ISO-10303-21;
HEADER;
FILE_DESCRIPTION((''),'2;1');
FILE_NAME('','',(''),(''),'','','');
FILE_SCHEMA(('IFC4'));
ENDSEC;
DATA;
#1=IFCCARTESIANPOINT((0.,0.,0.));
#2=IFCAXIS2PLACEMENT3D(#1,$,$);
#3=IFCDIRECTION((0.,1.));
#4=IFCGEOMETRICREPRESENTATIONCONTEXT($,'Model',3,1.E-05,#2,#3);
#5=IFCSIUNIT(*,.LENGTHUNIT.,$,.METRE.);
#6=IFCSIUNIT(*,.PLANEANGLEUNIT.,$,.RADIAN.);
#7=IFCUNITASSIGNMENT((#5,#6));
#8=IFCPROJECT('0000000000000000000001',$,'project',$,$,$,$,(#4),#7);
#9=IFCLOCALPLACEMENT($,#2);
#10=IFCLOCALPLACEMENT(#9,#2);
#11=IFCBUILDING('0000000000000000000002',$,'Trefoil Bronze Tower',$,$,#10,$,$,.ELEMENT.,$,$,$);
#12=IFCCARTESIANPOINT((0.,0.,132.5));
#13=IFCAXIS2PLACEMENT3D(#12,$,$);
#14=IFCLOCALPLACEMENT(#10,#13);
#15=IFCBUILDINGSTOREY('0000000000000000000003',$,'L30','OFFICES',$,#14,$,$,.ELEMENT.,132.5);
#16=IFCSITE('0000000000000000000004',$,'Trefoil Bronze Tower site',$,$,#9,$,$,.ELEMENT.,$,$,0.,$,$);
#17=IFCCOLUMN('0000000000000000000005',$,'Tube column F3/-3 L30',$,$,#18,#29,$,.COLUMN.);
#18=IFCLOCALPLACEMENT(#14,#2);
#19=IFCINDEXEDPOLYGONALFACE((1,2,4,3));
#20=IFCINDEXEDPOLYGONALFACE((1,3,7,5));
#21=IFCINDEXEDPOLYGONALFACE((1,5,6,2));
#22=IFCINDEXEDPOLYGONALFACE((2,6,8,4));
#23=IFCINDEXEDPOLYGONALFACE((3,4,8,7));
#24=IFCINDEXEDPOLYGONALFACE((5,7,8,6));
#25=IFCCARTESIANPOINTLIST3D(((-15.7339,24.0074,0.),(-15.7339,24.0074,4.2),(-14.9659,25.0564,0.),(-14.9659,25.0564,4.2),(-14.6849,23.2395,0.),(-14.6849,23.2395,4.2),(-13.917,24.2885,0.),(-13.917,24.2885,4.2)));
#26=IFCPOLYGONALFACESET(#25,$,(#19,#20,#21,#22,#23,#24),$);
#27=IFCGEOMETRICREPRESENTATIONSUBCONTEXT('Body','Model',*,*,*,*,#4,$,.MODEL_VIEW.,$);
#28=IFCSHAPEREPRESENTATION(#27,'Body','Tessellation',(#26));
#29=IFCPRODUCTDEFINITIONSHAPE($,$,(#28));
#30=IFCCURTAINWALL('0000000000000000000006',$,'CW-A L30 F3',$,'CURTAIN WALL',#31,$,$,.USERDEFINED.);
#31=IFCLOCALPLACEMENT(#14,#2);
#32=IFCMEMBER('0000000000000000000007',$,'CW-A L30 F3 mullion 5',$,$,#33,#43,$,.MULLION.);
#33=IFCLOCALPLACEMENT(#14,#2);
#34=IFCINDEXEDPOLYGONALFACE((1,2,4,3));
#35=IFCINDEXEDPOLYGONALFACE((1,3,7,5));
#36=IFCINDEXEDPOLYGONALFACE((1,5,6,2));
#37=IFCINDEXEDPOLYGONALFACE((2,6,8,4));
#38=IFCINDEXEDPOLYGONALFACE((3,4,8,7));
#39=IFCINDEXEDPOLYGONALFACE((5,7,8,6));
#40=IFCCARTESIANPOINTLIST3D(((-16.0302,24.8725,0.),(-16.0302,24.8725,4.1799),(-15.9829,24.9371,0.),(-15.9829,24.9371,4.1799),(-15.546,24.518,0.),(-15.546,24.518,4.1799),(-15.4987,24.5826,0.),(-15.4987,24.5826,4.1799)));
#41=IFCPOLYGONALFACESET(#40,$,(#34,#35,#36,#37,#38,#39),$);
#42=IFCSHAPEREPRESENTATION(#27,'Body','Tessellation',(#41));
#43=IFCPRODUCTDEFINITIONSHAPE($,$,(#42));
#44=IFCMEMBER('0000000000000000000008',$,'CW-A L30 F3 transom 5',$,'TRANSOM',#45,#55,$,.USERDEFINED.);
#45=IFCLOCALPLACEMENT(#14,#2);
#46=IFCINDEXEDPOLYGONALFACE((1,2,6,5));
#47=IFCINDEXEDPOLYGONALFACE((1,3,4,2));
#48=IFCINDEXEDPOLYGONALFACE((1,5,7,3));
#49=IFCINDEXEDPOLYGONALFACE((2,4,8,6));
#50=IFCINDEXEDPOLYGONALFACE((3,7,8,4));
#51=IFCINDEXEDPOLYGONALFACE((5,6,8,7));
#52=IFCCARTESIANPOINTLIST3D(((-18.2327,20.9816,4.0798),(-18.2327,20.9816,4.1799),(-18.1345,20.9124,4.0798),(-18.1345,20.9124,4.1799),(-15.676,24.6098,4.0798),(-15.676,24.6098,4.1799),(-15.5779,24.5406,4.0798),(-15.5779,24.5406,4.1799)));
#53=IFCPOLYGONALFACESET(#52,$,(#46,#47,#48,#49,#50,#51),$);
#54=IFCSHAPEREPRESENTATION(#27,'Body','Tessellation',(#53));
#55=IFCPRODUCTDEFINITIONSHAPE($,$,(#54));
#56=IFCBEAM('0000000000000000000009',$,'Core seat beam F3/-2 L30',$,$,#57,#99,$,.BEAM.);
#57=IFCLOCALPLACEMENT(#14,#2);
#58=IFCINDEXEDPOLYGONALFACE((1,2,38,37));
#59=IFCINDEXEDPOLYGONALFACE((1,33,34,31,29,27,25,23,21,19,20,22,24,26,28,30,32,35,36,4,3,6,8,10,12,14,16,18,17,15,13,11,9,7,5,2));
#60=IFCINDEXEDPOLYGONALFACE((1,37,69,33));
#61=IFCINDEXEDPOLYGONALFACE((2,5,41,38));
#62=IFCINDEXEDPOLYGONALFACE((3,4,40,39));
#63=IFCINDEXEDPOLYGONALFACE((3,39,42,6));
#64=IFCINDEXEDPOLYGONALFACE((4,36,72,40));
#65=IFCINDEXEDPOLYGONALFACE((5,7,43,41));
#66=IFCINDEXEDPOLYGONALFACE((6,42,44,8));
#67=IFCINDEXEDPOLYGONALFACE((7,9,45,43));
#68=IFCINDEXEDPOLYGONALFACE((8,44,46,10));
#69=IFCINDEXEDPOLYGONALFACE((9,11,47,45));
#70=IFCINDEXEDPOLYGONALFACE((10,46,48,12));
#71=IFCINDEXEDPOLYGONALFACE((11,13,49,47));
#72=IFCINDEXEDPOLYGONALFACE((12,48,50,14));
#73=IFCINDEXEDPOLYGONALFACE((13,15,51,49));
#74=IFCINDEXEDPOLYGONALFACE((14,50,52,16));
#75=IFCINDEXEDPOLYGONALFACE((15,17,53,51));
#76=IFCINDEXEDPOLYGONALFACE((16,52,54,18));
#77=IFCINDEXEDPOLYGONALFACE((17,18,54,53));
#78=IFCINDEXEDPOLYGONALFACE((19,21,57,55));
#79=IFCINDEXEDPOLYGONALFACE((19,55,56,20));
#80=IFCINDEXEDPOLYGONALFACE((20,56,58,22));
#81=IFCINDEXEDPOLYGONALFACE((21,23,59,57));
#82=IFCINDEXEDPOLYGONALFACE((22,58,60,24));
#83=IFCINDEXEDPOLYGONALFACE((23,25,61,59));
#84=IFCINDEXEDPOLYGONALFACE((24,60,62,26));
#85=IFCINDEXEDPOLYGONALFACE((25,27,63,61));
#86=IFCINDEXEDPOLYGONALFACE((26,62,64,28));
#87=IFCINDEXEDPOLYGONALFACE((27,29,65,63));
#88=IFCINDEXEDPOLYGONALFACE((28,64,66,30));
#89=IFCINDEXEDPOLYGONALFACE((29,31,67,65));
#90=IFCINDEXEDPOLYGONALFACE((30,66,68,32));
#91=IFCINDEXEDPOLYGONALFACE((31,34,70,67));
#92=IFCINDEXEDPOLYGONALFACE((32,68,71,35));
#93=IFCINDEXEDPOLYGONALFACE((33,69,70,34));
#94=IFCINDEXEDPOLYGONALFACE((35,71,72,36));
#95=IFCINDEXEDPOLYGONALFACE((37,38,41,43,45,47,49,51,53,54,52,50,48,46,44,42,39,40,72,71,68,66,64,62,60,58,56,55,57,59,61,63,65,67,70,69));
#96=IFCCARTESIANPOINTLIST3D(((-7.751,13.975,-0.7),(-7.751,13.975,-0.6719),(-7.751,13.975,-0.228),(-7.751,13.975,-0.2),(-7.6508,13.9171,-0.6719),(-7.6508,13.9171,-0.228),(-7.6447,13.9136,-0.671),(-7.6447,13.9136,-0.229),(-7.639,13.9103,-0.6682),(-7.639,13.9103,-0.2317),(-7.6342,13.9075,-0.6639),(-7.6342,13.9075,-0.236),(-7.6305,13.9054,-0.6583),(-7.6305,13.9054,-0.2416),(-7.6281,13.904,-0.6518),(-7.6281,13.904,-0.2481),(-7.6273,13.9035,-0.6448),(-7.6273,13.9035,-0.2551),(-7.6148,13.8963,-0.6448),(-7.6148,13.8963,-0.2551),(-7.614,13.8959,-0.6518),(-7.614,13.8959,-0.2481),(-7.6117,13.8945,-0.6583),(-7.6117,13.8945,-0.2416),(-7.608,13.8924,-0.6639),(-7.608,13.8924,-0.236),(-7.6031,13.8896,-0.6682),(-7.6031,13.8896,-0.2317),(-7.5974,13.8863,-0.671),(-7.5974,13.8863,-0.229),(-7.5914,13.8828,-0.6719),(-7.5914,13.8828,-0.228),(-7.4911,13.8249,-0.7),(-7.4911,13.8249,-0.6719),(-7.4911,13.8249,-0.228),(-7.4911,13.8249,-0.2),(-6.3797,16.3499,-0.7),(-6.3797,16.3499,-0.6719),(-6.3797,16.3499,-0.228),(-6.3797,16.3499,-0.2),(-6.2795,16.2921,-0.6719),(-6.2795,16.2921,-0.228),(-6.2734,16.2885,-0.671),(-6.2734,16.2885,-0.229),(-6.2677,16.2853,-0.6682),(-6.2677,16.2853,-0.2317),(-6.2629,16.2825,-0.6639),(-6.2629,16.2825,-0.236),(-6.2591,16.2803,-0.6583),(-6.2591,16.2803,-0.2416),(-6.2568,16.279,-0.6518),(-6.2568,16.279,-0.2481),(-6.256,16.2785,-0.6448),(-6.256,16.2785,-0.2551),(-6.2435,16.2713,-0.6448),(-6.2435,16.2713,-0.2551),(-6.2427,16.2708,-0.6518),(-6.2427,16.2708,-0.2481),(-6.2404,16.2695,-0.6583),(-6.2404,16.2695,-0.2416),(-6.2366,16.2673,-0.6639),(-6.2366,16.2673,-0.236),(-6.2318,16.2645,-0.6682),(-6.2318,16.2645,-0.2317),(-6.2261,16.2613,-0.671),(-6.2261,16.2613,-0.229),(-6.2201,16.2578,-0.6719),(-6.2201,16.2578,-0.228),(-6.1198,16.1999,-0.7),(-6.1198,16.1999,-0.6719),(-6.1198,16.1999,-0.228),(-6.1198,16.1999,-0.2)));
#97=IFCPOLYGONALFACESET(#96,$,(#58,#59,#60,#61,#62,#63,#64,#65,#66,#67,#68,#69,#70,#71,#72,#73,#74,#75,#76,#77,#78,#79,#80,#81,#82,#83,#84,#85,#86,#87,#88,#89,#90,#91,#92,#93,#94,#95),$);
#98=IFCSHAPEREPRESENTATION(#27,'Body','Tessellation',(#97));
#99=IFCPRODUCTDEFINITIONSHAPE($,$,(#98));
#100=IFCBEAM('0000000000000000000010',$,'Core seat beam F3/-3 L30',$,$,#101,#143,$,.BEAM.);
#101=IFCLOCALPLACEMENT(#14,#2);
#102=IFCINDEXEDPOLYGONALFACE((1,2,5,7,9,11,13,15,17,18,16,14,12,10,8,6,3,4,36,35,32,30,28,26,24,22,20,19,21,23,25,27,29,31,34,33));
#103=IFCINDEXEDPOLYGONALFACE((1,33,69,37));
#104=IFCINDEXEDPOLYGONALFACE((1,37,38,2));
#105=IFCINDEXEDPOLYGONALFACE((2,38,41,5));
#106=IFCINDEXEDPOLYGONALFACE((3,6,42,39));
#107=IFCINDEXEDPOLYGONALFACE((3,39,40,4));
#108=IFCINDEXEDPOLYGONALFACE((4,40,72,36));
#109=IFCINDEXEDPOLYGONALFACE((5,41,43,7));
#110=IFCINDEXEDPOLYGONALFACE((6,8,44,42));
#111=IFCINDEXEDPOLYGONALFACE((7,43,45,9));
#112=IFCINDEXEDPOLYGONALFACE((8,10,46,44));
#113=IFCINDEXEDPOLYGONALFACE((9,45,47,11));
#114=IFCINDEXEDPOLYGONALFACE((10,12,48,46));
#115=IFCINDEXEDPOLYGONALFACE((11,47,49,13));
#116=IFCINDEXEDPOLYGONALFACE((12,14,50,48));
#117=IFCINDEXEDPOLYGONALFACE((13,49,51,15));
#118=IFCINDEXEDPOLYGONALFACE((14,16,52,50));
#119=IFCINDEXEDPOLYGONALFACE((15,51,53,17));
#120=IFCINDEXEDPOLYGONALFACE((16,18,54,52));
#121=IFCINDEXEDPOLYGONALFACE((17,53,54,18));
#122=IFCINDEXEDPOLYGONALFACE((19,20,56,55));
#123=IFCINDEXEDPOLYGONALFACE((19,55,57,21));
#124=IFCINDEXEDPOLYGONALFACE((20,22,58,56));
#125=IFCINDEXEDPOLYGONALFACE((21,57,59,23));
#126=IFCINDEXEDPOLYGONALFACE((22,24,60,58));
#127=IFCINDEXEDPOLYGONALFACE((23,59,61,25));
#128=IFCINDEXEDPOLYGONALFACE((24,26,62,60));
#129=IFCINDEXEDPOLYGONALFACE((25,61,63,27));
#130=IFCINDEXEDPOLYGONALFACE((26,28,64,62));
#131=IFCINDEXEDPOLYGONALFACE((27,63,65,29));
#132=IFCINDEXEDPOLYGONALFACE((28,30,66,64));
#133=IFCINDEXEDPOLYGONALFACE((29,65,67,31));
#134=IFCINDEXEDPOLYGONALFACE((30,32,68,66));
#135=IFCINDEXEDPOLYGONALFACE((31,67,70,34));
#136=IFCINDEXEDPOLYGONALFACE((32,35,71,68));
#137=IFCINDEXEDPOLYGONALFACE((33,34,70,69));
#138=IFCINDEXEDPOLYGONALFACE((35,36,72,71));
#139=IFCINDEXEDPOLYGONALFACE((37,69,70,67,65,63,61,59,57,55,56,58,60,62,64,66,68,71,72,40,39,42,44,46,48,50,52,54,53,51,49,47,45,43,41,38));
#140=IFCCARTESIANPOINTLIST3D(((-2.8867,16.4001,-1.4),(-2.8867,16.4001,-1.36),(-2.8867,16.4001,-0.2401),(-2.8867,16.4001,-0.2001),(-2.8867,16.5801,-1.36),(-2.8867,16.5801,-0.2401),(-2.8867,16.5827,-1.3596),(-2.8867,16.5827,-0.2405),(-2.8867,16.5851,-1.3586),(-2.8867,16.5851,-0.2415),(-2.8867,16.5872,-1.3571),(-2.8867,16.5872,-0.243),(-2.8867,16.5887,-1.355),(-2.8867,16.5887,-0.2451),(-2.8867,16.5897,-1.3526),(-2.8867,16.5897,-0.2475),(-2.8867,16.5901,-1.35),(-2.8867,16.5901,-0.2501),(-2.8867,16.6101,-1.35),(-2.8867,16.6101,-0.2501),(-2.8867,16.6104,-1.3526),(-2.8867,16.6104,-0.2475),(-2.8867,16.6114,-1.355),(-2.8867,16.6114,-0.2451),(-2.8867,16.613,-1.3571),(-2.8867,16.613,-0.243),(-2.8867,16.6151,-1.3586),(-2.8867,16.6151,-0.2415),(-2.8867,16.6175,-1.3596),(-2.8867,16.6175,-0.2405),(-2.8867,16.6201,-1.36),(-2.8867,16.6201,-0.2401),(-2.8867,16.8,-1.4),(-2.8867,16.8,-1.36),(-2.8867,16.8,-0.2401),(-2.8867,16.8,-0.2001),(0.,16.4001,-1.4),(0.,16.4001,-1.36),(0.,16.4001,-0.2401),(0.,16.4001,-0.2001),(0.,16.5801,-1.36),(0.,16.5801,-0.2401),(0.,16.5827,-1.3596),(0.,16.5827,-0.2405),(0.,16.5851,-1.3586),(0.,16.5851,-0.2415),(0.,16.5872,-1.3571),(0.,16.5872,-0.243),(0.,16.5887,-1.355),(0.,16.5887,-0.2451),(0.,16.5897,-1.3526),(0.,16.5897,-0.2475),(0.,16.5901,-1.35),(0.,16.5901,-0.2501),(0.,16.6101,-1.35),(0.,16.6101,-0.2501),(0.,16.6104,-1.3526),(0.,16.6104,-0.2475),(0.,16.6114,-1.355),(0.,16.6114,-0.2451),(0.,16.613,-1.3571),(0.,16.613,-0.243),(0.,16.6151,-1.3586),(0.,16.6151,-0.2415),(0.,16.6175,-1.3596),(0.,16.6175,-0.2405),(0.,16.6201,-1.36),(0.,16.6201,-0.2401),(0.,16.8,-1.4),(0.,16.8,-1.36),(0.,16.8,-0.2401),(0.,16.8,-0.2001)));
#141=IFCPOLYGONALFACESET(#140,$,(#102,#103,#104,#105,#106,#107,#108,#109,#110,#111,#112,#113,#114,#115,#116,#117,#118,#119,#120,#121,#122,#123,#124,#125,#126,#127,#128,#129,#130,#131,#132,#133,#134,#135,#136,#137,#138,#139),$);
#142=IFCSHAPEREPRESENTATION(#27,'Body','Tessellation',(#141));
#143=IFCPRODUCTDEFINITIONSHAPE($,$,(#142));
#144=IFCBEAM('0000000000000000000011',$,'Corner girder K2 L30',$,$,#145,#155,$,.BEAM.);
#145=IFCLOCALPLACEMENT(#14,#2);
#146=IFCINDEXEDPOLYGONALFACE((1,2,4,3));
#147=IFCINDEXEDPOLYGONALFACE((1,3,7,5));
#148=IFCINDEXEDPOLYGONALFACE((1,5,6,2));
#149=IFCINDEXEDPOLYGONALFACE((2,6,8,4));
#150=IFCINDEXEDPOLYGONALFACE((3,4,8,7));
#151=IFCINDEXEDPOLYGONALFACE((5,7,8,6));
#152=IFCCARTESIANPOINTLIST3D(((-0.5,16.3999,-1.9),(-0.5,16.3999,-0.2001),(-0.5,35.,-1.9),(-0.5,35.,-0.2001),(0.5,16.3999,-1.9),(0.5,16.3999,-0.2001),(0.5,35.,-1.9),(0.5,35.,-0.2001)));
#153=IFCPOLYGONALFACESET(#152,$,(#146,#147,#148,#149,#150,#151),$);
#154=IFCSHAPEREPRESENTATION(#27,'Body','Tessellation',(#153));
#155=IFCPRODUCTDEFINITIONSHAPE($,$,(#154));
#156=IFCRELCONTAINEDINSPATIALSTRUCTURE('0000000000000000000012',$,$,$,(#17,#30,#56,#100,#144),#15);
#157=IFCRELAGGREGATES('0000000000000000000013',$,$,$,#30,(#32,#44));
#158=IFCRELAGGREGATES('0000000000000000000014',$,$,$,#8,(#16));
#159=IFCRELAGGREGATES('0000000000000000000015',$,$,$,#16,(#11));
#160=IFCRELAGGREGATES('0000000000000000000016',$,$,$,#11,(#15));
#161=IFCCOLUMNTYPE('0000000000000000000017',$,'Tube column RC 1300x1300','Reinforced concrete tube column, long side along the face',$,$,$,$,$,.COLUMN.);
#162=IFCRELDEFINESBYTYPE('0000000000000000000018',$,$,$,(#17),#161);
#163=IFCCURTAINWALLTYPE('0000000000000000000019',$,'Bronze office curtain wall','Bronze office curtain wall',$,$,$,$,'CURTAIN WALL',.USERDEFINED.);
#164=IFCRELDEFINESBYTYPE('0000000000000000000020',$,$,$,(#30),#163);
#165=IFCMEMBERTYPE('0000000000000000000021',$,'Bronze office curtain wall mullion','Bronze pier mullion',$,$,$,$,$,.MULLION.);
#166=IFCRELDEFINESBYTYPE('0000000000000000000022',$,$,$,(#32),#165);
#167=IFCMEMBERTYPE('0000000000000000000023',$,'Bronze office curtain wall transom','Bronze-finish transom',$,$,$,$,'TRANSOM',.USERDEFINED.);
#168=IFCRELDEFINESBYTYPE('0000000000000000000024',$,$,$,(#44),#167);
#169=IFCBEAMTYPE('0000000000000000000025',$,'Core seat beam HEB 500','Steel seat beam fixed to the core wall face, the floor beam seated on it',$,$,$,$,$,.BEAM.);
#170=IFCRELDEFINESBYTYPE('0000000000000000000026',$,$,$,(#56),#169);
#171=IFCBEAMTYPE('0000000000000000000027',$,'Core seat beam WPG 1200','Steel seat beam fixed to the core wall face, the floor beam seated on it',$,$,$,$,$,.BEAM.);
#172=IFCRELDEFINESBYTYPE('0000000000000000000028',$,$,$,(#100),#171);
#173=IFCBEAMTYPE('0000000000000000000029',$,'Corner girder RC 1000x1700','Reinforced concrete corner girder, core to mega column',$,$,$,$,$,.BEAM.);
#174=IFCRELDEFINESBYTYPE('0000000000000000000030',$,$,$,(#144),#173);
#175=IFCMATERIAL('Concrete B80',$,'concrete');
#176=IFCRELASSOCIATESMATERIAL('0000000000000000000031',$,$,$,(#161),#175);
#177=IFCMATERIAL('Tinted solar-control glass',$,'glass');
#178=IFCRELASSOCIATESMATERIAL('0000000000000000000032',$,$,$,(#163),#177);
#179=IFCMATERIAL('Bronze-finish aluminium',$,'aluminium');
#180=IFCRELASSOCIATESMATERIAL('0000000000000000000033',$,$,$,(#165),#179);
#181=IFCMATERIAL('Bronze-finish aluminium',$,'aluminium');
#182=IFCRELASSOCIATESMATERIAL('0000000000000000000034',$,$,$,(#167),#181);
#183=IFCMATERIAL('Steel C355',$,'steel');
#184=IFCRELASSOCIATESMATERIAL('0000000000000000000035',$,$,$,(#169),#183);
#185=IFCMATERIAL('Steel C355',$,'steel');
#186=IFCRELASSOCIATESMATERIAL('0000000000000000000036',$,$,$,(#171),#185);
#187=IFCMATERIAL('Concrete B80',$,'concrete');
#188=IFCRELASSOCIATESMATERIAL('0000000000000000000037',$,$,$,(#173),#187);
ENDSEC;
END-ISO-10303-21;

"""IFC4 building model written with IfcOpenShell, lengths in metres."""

from ifc_helpers import new_model, si_unit, direction, frame, origin, origin_2d, place, context, subcontext, project, spatial, rectangle, i_section, extrude, material, material_profile, profile_set, type_object, element, aggregate, save


model = new_model("IFC4")

# Units and contexts
model_context = context("Model", 3, precision=1e-05, world=origin(), true_north=direction((0.0, 1.0)))
body_context = subcontext(model_context, "Body", "Model", "MODEL_VIEW")
ifc_project = project(units=[si_unit("LENGTHUNIT", "METRE"), si_unit("PLANEANGLEUNIT", "RADIAN")], contexts=[model_context])

# Site, building, storey
site_placement = place(None, origin())
site = spatial("IfcSite", under=ifc_project, at=site_placement, Name="Trefoil Bronze Tower site", CompositionType="ELEMENT", RefElevation=0.0)
building_placement = place(site_placement, origin())
building = spatial("IfcBuilding", under=site, at=building_placement, Name="Trefoil Bronze Tower", CompositionType="ELEMENT")
storey_placement = place(building_placement, frame((0.0, 0.0, 132.5)))
storey = spatial("IfcBuildingStorey", under=building, at=storey_placement, Name="L30", Description="OFFICES", CompositionType="ELEMENT", Elevation=132.5)

# Column
ifc_material_1 = material(Name="Concrete B80", Category="concrete")
ifc_material_profile_1 = material_profile(ifc_material_1, rectangle(XDim=1.3, YDim=1.3, at=origin_2d()), Name="RC 1300x1300")
ifc_profile_set_1 = profile_set([ifc_material_profile_1], Name="Concrete B80")
column_type = type_object("IfcColumnType", Name="Tube column RC 1300x1300", Description="Reinforced concrete tube column, long side along the face", PredefinedType="COLUMN", material=ifc_profile_set_1)
column_placement = place(storey_placement, frame((-14.8254, 24.1479, 0.0), z_axis=(0.0, 0.0, 1.0), x_axis=(-0.590723, -0.806875, 0.0)))
element("IfcColumn", 1, at=column_placement, inside=storey, type_object=column_type, Name="Tube column F3/-3 L30", PredefinedType="COLUMN", context=body_context, shape_type="SweptSolid", body=[
    extrude(rectangle(XDim=1.3, YDim=1.3, at=origin_2d()), origin(), (0.0, 0.0, 1.0), 4.2),
])

# Curtain wall, members
ifc_material_2 = material(Name="Tinted solar-control glass", Category="glass")
curtain_wall_type = type_object("IfcCurtainWallType", Name="Bronze office curtain wall", Description="Bronze office curtain wall", ElementType="CURTAIN WALL", PredefinedType="USERDEFINED", material=ifc_material_2)
curtain_wall_placement = place(storey_placement, origin())
curtain_wall = element("IfcCurtainWall", 2, at=curtain_wall_placement, inside=storey, type_object=curtain_wall_type, Name="CW-A L30 F3", ObjectType="CURTAIN WALL", PredefinedType="USERDEFINED")
ifc_material_3 = material(Name="Bronze-finish aluminium", Category="aluminium")
ifc_material_profile_2 = material_profile(ifc_material_3, rectangle(XDim=0.6001, YDim=0.0801, at=origin_2d()), Name="CW-A mullion")
ifc_profile_set_2 = profile_set([ifc_material_profile_2], Name="Bronze-finish aluminium")
member_type_1 = type_object("IfcMemberType", Name="Bronze office curtain wall mullion", Description="Bronze pier mullion", PredefinedType="MULLION", material=ifc_profile_set_2)
member_1_placement = place(storey_placement, frame((-15.7644, 24.7275, 0.0), z_axis=(0.0, 0.0, 1.0), x_axis=(0.806875, -0.590723, 0.0)))
member_1 = element("IfcMember", 3, at=member_1_placement, type_object=member_type_1, Name="CW-A L30 F3 mullion 5", PredefinedType="MULLION", context=body_context, shape_type="SweptSolid", body=[
    extrude(rectangle(XDim=0.6001, YDim=0.0801, at=origin_2d()), origin(), (0.0, 0.0, 1.0), 4.1799),
])
ifc_material_4 = material(Name="Bronze-finish aluminium", Category="aluminium")
ifc_material_profile_3 = material_profile(ifc_material_4, rectangle(XDim=0.1201, YDim=0.1001, at=origin_2d()), Name="CW-A transom")
ifc_profile_set_3 = profile_set([ifc_material_profile_3], Name="Bronze-finish aluminium")
member_type_2 = type_object("IfcMemberType", Name="Bronze office curtain wall transom", Description="Bronze-finish transom", ElementType="TRANSOM", PredefinedType="USERDEFINED", material=ifc_profile_set_3)
member_2_placement = place(storey_placement, frame((-15.627, 24.5752, 4.1299), z_axis=(-0.576018, -0.817437, 0.0), x_axis=(0.817437, -0.576018, 0.0)))
member_2 = element("IfcMember", 4, at=member_2_placement, type_object=member_type_2, Name="CW-A L30 F3 transom 5", ObjectType="TRANSOM", PredefinedType="USERDEFINED", context=body_context, shape_type="SweptSolid", body=[
    extrude(rectangle(XDim=0.1201, YDim=0.1001, at=origin_2d()), origin(), (0.0, 0.0, 1.0), 4.4385),
])
aggregate(curtain_wall, [member_1, member_2])

# Beams
ifc_material_5 = material(Name="Steel C355", Category="steel")
ifc_material_profile_4 = material_profile(ifc_material_5, i_section(OverallWidth=0.3, OverallDepth=0.5, WebThickness=0.0144, FlangeThickness=0.0281, FilletRadius=0.0271, at=origin_2d()), Name="HEB 500")
ifc_profile_set_4 = profile_set([ifc_material_profile_4], Name="Steel C355")
beam_type_1 = type_object("IfcBeamType", Name="Core seat beam HEB 500", Description="Steel seat beam fixed to the core wall face, the floor beam seated on it", PredefinedType="BEAM", material=ifc_profile_set_4)
beam_1_placement = place(storey_placement, frame((-6.2498, 16.2749, -0.45), z_axis=(-0.500036, -0.866005, 0.0), x_axis=(0.866005, -0.500036, 0.0)))
element("IfcBeam", 5, at=beam_1_placement, inside=storey, type_object=beam_type_1, Name="Core seat beam F3/-2 L30", PredefinedType="BEAM", context=body_context, shape_type="SweptSolid", body=[
    extrude(i_section(OverallWidth=0.3, OverallDepth=0.5, WebThickness=0.0144, FlangeThickness=0.0281, FilletRadius=0.0271, at=origin_2d()), origin(), (0.0, 0.0, 1.0), 2.7424),
])
ifc_material_6 = material(Name="Steel C355", Category="steel")
ifc_material_profile_5 = material_profile(ifc_material_6, i_section(OverallWidth=0.3999, OverallDepth=1.2, WebThickness=0.02, FlangeThickness=0.04, FilletRadius=0.01, at=origin_2d()), Name="WPG 1200")
ifc_profile_set_5 = profile_set([ifc_material_profile_5], Name="Steel C355")
beam_type_2 = type_object("IfcBeamType", Name="Core seat beam WPG 1200", Description="Steel seat beam fixed to the core wall face, the floor beam seated on it", PredefinedType="BEAM", material=ifc_profile_set_5)
beam_2_placement = place(storey_placement, frame((0.0, 16.6001, -0.8), z_axis=(-1.0, 0.0, 0.0), x_axis=(0.0, -1.0, 0.0)))
element("IfcBeam", 6, at=beam_2_placement, inside=storey, type_object=beam_type_2, Name="Core seat beam F3/-3 L30", PredefinedType="BEAM", context=body_context, shape_type="SweptSolid", body=[
    extrude(i_section(OverallWidth=0.3999, OverallDepth=1.2, WebThickness=0.02, FlangeThickness=0.04, FilletRadius=0.01, at=origin_2d()), origin(), (0.0, 0.0, 1.0), 2.8867),
])
ifc_material_7 = material(Name="Concrete B80", Category="concrete")
ifc_material_profile_6 = material_profile(ifc_material_7, rectangle(XDim=1.0, YDim=1.7, at=origin_2d()), Name="RC 1000x1700")
ifc_profile_set_6 = profile_set([ifc_material_profile_6], Name="Concrete B80")
beam_type_3 = type_object("IfcBeamType", Name="Corner girder RC 1000x1700", Description="Reinforced concrete corner girder, core to mega column", PredefinedType="BEAM", material=ifc_profile_set_6)
beam_3_placement = place(storey_placement, frame((0.0, 16.3999, -1.05), z_axis=(0.0, 1.0, 0.0), x_axis=(-1.0, 0.0, 0.0)))
element("IfcBeam", 7, at=beam_3_placement, inside=storey, type_object=beam_type_3, Name="Corner girder K2 L30", PredefinedType="BEAM", context=body_context, shape_type="SweptSolid", body=[
    extrude(rectangle(XDim=1.0, YDim=1.7, at=origin_2d()), origin(), (0.0, 0.0, 1.0), 18.6001),
])

save(model, "model.ifc")
